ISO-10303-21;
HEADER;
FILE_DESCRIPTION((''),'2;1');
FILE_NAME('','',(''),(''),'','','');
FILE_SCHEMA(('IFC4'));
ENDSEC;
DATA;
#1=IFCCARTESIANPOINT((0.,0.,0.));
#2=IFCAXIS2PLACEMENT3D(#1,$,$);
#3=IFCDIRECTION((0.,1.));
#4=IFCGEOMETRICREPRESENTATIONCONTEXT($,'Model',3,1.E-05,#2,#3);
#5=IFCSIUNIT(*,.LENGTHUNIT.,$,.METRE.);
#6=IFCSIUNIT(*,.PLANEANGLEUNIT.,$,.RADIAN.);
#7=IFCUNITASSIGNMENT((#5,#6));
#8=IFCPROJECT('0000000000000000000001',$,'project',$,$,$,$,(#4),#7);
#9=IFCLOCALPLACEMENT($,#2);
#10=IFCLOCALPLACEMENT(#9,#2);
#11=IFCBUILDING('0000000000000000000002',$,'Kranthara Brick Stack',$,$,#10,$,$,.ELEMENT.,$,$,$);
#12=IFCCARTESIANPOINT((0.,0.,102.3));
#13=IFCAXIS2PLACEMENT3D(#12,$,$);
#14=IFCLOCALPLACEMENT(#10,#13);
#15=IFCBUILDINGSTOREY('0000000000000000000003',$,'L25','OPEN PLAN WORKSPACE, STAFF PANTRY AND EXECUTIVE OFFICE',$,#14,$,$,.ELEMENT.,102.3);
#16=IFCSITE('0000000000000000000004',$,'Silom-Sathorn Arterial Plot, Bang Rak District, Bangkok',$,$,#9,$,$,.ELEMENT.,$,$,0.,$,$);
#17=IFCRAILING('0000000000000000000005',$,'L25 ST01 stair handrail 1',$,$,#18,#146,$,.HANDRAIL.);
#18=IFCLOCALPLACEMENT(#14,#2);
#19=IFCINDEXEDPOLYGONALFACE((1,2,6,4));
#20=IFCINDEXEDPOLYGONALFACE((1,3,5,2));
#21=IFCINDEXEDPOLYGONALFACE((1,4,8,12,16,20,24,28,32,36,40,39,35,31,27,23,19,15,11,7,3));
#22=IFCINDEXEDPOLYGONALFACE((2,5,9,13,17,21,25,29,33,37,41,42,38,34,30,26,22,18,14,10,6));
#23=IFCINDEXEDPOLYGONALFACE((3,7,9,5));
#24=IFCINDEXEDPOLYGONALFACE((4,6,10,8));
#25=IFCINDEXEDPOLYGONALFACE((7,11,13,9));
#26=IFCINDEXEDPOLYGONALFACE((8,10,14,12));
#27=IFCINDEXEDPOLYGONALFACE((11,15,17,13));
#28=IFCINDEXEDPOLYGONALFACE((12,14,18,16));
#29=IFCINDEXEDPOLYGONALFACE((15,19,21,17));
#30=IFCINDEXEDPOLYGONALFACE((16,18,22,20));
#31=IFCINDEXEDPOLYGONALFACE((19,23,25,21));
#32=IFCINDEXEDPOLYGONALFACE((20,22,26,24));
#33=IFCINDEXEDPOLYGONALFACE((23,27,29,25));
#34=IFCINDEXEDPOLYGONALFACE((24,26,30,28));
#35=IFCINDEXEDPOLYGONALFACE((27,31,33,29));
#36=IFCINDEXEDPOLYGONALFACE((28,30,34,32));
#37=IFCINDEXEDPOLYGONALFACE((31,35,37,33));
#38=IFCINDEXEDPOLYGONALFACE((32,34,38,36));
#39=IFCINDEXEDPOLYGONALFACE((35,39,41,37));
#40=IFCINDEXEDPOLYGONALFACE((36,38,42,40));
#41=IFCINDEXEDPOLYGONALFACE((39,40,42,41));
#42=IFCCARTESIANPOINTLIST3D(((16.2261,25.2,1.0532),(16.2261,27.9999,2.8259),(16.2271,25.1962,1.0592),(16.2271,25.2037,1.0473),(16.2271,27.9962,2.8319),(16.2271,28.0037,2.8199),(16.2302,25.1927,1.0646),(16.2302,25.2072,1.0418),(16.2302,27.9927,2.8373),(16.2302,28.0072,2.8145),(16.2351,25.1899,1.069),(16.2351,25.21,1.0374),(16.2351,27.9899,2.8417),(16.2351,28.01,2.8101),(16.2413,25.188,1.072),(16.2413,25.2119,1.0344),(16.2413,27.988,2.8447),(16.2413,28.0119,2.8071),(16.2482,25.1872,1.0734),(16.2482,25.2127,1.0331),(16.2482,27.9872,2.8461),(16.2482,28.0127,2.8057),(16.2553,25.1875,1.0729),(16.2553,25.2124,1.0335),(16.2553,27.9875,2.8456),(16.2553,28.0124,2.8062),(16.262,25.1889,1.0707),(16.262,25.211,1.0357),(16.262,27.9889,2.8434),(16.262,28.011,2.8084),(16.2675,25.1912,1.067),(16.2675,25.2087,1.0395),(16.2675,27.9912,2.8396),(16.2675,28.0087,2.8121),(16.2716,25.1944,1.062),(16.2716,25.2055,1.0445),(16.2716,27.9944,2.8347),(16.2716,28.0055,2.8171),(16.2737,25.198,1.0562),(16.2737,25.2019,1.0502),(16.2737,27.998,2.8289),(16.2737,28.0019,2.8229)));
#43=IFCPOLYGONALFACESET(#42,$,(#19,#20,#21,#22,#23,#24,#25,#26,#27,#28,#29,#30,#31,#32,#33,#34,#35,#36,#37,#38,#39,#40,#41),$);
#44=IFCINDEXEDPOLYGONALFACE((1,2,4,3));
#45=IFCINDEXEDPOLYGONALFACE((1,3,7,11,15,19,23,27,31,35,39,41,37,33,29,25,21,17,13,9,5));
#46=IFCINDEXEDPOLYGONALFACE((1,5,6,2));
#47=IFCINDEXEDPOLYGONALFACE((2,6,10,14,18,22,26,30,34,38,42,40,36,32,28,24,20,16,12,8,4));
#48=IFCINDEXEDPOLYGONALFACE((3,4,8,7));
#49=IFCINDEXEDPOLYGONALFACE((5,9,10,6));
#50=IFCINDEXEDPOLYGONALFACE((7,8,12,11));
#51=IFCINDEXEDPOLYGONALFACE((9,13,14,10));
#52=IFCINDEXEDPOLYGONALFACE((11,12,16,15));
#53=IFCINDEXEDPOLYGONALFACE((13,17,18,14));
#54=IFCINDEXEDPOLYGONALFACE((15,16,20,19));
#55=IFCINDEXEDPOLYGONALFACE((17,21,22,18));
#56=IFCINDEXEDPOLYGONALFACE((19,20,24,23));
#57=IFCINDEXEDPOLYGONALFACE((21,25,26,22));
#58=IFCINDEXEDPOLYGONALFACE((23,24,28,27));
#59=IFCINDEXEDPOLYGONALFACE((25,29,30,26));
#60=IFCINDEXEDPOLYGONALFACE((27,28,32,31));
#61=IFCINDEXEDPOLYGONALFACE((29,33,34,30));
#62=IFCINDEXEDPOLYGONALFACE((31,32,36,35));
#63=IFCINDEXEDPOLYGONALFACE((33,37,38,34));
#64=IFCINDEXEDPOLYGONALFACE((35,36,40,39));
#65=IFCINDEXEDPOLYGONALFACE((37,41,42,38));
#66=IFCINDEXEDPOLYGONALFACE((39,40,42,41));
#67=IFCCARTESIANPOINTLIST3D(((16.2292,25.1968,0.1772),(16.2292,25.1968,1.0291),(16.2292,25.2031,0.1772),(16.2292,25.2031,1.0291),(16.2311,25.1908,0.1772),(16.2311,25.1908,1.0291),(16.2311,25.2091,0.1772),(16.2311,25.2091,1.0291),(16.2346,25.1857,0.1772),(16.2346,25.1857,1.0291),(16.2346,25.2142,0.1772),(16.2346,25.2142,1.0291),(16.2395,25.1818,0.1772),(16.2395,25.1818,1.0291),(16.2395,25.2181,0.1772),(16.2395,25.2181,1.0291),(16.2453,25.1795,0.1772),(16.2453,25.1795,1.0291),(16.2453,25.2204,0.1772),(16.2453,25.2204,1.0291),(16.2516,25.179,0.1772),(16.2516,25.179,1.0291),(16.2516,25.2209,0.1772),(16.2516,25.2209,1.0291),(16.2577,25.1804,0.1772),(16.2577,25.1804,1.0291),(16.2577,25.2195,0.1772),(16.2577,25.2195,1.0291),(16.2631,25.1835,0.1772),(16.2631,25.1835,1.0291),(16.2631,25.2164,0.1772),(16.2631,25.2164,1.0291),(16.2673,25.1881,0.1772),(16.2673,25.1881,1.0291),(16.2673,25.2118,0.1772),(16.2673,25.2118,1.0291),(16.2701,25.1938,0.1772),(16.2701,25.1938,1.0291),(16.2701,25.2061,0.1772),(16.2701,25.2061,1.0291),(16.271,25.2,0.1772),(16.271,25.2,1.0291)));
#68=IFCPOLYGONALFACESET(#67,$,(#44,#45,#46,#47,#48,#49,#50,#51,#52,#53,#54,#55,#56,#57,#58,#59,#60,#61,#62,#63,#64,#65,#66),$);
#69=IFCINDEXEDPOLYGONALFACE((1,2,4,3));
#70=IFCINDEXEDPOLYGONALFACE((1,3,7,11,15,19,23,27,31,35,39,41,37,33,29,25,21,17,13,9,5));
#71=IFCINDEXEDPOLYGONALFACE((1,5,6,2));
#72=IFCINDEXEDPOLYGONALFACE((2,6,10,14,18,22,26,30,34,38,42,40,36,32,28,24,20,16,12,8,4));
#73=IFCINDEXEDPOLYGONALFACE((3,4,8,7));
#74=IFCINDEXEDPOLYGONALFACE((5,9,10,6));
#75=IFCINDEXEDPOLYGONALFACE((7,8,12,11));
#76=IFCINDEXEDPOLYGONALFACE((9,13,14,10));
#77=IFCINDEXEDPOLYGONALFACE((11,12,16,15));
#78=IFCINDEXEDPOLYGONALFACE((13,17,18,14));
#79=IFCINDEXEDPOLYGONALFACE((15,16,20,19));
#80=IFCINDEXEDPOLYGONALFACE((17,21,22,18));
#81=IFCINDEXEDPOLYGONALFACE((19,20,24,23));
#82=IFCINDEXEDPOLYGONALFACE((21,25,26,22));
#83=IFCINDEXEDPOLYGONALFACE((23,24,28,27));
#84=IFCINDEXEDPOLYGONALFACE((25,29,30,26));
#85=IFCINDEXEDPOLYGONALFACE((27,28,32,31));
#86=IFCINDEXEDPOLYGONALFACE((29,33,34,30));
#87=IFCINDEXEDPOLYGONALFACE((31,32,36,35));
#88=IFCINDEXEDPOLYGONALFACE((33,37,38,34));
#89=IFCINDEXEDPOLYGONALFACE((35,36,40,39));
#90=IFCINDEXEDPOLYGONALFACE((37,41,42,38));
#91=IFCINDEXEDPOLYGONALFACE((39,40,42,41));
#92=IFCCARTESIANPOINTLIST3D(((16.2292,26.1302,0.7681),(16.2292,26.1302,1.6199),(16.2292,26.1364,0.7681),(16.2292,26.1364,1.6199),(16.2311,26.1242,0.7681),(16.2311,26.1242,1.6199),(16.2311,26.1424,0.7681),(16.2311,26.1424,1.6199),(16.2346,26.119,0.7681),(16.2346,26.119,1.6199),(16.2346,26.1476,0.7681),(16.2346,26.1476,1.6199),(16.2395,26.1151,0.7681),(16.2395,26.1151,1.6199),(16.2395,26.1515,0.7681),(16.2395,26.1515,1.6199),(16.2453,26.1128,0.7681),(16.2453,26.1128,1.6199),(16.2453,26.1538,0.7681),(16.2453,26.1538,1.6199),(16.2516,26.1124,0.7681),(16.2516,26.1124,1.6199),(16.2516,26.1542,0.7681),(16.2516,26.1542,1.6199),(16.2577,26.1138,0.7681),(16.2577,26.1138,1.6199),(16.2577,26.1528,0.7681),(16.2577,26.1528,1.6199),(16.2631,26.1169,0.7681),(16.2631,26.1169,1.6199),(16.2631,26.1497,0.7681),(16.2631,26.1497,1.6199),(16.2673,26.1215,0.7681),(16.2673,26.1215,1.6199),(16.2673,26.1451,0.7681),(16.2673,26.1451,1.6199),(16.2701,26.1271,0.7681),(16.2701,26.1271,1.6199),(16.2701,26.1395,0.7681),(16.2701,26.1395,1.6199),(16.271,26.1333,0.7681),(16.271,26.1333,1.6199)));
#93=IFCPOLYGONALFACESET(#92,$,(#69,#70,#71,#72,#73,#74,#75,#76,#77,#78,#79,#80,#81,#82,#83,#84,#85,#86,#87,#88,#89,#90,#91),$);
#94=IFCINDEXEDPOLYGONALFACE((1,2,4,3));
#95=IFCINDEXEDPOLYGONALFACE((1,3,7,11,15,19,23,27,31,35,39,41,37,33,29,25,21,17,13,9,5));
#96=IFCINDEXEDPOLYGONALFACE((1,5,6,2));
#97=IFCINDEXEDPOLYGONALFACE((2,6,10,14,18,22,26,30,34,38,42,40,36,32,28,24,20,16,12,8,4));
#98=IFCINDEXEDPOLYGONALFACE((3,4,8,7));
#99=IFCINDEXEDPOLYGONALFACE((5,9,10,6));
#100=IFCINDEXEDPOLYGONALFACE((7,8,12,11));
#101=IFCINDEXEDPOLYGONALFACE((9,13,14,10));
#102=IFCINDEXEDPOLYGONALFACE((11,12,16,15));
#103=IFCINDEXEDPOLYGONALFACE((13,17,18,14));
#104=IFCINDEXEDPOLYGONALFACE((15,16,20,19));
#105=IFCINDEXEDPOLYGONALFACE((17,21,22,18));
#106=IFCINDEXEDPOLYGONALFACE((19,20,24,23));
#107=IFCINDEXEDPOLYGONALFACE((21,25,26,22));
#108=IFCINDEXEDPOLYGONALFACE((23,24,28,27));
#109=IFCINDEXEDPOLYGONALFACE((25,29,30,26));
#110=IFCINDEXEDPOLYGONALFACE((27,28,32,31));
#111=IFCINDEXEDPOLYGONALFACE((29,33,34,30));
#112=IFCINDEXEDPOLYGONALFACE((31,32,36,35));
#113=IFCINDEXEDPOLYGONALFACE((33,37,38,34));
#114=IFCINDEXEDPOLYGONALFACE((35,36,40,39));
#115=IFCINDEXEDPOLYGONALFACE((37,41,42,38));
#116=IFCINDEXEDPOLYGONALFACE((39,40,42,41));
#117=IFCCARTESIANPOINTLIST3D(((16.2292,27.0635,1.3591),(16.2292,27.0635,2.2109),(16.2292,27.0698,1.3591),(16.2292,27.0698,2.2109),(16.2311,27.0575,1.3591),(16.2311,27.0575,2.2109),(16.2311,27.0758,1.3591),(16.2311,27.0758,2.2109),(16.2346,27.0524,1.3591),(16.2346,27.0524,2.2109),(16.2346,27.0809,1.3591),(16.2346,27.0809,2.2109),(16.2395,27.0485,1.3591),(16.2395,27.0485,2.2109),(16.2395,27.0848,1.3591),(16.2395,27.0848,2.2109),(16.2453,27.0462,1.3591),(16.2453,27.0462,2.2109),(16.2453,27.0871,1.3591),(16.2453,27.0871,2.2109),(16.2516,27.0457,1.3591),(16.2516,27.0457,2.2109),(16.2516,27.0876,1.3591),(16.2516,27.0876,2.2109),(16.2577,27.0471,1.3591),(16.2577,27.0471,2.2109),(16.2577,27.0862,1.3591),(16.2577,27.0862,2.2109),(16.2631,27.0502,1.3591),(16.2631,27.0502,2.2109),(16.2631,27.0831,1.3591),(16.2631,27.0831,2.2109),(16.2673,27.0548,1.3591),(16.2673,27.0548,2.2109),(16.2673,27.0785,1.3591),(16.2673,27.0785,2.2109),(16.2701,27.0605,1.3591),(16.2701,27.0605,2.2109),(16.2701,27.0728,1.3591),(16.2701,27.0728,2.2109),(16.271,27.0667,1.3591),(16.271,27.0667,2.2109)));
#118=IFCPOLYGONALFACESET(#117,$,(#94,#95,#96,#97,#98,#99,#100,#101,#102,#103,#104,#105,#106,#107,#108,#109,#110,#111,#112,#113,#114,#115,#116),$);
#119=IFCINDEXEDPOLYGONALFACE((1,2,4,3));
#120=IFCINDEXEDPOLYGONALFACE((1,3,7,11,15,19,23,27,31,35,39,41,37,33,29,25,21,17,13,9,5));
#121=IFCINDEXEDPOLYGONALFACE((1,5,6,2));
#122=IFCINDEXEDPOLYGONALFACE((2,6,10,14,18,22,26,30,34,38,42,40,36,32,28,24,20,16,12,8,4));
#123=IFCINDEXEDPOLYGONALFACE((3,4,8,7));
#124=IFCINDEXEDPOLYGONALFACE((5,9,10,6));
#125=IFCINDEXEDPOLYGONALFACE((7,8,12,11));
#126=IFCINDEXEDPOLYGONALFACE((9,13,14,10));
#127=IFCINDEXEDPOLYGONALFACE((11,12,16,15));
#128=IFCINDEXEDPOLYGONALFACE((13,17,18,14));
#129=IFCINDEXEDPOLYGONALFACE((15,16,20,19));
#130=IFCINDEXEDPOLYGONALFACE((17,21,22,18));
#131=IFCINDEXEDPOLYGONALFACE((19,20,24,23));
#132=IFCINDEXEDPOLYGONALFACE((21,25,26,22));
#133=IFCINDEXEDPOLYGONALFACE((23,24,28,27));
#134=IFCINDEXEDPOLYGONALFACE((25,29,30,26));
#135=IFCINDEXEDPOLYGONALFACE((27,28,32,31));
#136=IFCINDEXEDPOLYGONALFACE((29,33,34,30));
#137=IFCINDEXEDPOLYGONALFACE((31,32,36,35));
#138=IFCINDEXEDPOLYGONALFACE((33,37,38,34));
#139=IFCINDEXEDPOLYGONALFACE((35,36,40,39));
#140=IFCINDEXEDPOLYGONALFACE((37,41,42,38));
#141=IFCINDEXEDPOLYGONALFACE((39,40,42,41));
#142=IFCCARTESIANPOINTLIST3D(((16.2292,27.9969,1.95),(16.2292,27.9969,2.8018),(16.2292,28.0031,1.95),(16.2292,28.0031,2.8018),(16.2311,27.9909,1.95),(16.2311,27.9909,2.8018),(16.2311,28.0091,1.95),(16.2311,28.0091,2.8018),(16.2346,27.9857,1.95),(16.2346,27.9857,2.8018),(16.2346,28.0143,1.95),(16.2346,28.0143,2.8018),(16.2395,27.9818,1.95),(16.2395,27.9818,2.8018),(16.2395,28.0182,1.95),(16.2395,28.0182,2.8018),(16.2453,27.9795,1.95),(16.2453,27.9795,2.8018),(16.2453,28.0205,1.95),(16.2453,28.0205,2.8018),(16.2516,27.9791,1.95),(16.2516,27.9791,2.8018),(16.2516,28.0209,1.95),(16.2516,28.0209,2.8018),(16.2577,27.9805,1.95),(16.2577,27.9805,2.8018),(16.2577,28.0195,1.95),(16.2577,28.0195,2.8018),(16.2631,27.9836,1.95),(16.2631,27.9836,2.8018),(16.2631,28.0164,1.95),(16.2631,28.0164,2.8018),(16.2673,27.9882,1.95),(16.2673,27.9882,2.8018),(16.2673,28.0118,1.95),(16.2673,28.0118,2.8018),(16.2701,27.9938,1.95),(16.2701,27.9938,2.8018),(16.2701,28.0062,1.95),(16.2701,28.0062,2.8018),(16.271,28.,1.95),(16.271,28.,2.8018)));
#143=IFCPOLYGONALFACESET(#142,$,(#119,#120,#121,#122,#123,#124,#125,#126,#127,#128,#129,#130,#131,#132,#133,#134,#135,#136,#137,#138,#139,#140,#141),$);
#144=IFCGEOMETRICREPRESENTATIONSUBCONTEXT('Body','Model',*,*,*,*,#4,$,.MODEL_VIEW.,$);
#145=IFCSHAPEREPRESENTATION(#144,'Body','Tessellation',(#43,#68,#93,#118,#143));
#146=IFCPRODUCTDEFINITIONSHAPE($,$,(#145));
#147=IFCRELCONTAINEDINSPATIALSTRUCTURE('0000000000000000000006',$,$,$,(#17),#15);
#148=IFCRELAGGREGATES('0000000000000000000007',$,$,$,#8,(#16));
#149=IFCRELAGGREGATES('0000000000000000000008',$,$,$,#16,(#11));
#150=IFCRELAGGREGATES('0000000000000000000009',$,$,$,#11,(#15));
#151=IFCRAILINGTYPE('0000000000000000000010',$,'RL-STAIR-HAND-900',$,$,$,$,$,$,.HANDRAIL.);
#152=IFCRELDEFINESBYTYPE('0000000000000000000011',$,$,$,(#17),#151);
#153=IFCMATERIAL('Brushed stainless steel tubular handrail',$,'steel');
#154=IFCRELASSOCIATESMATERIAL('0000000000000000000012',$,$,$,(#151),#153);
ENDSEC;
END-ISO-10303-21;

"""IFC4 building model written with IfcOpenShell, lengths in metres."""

from ifc_helpers import new_model, si_unit, direction, frame, origin, origin_2d, place, context, subcontext, project, spatial, circle, extrude, material, type_object, element, save


model = new_model("IFC4")

# Units and contexts
model_context = context("Model", 3, precision=1e-05, world=origin(), true_north=direction((0.0, 1.0)))
body_context = subcontext(model_context, "Body", "Model", "MODEL_VIEW")
ifc_project = project(units=[si_unit("LENGTHUNIT", "METRE"), si_unit("PLANEANGLEUNIT", "RADIAN")], contexts=[model_context])

# Site, building, storey
site_placement = place(None, origin())
site = spatial("IfcSite", under=ifc_project, at=site_placement, Name="Silom-Sathorn Arterial Plot, Bang Rak District, Bangkok", CompositionType="ELEMENT", RefElevation=0.0)
building_placement = place(site_placement, origin())
building = spatial("IfcBuilding", under=site, at=building_placement, Name="Kranthara Brick Stack", CompositionType="ELEMENT")
storey_placement = place(building_placement, frame((0.0, 0.0, 102.3)))
storey = spatial("IfcBuildingStorey", under=building, at=storey_placement, Name="L25", Description="OPEN PLAN WORKSPACE, STAFF PANTRY AND EXECUTIVE OFFICE", CompositionType="ELEMENT", Elevation=102.3)

# Railing
ifc_material_1 = material(Name="Brushed stainless steel tubular handrail", Category="steel")
railing_type_1 = type_object("IfcRailingType", Name="RL-STAIR-HAND-900", PredefinedType="HANDRAIL", material=ifc_material_1)
railing_1_placement = place(storey_placement, frame((16.25, 25.2, 0.1772)))
element("IfcRailing", 1, at=railing_1_placement, inside=storey, type_object=railing_type_1, Name="L25 ST01 stair handrail 1", PredefinedType="HANDRAIL", context=body_context, shape_type="SweptSolid", body=[
    extrude(circle(Radius=0.0239, at=origin_2d()), frame((0.0, 0.0, 0.876), z_axis=(0.0, 0.844909, 0.53491), x_axis=(-1.0, 0.0, 0.0)), (0.0, 0.0, 1.0), 3.314),
    extrude(circle(Radius=0.021, at=origin_2d()), origin(), (0.0, 0.0, 1.0), 0.8518),
    extrude(circle(Radius=0.021, at=origin_2d()), frame((0.0, 0.9333, 0.5908)), (0.0, 0.0, 1.0), 0.8518),
    extrude(circle(Radius=0.021, at=origin_2d()), frame((0.0, 1.8667, 1.1819)), (0.0, 0.0, 1.0), 0.8518),
    extrude(circle(Radius=0.021, at=origin_2d()), frame((0.0, 2.8, 1.7727)), (0.0, 0.0, 1.0), 0.8518),
])

save(model, "model.ifc")
